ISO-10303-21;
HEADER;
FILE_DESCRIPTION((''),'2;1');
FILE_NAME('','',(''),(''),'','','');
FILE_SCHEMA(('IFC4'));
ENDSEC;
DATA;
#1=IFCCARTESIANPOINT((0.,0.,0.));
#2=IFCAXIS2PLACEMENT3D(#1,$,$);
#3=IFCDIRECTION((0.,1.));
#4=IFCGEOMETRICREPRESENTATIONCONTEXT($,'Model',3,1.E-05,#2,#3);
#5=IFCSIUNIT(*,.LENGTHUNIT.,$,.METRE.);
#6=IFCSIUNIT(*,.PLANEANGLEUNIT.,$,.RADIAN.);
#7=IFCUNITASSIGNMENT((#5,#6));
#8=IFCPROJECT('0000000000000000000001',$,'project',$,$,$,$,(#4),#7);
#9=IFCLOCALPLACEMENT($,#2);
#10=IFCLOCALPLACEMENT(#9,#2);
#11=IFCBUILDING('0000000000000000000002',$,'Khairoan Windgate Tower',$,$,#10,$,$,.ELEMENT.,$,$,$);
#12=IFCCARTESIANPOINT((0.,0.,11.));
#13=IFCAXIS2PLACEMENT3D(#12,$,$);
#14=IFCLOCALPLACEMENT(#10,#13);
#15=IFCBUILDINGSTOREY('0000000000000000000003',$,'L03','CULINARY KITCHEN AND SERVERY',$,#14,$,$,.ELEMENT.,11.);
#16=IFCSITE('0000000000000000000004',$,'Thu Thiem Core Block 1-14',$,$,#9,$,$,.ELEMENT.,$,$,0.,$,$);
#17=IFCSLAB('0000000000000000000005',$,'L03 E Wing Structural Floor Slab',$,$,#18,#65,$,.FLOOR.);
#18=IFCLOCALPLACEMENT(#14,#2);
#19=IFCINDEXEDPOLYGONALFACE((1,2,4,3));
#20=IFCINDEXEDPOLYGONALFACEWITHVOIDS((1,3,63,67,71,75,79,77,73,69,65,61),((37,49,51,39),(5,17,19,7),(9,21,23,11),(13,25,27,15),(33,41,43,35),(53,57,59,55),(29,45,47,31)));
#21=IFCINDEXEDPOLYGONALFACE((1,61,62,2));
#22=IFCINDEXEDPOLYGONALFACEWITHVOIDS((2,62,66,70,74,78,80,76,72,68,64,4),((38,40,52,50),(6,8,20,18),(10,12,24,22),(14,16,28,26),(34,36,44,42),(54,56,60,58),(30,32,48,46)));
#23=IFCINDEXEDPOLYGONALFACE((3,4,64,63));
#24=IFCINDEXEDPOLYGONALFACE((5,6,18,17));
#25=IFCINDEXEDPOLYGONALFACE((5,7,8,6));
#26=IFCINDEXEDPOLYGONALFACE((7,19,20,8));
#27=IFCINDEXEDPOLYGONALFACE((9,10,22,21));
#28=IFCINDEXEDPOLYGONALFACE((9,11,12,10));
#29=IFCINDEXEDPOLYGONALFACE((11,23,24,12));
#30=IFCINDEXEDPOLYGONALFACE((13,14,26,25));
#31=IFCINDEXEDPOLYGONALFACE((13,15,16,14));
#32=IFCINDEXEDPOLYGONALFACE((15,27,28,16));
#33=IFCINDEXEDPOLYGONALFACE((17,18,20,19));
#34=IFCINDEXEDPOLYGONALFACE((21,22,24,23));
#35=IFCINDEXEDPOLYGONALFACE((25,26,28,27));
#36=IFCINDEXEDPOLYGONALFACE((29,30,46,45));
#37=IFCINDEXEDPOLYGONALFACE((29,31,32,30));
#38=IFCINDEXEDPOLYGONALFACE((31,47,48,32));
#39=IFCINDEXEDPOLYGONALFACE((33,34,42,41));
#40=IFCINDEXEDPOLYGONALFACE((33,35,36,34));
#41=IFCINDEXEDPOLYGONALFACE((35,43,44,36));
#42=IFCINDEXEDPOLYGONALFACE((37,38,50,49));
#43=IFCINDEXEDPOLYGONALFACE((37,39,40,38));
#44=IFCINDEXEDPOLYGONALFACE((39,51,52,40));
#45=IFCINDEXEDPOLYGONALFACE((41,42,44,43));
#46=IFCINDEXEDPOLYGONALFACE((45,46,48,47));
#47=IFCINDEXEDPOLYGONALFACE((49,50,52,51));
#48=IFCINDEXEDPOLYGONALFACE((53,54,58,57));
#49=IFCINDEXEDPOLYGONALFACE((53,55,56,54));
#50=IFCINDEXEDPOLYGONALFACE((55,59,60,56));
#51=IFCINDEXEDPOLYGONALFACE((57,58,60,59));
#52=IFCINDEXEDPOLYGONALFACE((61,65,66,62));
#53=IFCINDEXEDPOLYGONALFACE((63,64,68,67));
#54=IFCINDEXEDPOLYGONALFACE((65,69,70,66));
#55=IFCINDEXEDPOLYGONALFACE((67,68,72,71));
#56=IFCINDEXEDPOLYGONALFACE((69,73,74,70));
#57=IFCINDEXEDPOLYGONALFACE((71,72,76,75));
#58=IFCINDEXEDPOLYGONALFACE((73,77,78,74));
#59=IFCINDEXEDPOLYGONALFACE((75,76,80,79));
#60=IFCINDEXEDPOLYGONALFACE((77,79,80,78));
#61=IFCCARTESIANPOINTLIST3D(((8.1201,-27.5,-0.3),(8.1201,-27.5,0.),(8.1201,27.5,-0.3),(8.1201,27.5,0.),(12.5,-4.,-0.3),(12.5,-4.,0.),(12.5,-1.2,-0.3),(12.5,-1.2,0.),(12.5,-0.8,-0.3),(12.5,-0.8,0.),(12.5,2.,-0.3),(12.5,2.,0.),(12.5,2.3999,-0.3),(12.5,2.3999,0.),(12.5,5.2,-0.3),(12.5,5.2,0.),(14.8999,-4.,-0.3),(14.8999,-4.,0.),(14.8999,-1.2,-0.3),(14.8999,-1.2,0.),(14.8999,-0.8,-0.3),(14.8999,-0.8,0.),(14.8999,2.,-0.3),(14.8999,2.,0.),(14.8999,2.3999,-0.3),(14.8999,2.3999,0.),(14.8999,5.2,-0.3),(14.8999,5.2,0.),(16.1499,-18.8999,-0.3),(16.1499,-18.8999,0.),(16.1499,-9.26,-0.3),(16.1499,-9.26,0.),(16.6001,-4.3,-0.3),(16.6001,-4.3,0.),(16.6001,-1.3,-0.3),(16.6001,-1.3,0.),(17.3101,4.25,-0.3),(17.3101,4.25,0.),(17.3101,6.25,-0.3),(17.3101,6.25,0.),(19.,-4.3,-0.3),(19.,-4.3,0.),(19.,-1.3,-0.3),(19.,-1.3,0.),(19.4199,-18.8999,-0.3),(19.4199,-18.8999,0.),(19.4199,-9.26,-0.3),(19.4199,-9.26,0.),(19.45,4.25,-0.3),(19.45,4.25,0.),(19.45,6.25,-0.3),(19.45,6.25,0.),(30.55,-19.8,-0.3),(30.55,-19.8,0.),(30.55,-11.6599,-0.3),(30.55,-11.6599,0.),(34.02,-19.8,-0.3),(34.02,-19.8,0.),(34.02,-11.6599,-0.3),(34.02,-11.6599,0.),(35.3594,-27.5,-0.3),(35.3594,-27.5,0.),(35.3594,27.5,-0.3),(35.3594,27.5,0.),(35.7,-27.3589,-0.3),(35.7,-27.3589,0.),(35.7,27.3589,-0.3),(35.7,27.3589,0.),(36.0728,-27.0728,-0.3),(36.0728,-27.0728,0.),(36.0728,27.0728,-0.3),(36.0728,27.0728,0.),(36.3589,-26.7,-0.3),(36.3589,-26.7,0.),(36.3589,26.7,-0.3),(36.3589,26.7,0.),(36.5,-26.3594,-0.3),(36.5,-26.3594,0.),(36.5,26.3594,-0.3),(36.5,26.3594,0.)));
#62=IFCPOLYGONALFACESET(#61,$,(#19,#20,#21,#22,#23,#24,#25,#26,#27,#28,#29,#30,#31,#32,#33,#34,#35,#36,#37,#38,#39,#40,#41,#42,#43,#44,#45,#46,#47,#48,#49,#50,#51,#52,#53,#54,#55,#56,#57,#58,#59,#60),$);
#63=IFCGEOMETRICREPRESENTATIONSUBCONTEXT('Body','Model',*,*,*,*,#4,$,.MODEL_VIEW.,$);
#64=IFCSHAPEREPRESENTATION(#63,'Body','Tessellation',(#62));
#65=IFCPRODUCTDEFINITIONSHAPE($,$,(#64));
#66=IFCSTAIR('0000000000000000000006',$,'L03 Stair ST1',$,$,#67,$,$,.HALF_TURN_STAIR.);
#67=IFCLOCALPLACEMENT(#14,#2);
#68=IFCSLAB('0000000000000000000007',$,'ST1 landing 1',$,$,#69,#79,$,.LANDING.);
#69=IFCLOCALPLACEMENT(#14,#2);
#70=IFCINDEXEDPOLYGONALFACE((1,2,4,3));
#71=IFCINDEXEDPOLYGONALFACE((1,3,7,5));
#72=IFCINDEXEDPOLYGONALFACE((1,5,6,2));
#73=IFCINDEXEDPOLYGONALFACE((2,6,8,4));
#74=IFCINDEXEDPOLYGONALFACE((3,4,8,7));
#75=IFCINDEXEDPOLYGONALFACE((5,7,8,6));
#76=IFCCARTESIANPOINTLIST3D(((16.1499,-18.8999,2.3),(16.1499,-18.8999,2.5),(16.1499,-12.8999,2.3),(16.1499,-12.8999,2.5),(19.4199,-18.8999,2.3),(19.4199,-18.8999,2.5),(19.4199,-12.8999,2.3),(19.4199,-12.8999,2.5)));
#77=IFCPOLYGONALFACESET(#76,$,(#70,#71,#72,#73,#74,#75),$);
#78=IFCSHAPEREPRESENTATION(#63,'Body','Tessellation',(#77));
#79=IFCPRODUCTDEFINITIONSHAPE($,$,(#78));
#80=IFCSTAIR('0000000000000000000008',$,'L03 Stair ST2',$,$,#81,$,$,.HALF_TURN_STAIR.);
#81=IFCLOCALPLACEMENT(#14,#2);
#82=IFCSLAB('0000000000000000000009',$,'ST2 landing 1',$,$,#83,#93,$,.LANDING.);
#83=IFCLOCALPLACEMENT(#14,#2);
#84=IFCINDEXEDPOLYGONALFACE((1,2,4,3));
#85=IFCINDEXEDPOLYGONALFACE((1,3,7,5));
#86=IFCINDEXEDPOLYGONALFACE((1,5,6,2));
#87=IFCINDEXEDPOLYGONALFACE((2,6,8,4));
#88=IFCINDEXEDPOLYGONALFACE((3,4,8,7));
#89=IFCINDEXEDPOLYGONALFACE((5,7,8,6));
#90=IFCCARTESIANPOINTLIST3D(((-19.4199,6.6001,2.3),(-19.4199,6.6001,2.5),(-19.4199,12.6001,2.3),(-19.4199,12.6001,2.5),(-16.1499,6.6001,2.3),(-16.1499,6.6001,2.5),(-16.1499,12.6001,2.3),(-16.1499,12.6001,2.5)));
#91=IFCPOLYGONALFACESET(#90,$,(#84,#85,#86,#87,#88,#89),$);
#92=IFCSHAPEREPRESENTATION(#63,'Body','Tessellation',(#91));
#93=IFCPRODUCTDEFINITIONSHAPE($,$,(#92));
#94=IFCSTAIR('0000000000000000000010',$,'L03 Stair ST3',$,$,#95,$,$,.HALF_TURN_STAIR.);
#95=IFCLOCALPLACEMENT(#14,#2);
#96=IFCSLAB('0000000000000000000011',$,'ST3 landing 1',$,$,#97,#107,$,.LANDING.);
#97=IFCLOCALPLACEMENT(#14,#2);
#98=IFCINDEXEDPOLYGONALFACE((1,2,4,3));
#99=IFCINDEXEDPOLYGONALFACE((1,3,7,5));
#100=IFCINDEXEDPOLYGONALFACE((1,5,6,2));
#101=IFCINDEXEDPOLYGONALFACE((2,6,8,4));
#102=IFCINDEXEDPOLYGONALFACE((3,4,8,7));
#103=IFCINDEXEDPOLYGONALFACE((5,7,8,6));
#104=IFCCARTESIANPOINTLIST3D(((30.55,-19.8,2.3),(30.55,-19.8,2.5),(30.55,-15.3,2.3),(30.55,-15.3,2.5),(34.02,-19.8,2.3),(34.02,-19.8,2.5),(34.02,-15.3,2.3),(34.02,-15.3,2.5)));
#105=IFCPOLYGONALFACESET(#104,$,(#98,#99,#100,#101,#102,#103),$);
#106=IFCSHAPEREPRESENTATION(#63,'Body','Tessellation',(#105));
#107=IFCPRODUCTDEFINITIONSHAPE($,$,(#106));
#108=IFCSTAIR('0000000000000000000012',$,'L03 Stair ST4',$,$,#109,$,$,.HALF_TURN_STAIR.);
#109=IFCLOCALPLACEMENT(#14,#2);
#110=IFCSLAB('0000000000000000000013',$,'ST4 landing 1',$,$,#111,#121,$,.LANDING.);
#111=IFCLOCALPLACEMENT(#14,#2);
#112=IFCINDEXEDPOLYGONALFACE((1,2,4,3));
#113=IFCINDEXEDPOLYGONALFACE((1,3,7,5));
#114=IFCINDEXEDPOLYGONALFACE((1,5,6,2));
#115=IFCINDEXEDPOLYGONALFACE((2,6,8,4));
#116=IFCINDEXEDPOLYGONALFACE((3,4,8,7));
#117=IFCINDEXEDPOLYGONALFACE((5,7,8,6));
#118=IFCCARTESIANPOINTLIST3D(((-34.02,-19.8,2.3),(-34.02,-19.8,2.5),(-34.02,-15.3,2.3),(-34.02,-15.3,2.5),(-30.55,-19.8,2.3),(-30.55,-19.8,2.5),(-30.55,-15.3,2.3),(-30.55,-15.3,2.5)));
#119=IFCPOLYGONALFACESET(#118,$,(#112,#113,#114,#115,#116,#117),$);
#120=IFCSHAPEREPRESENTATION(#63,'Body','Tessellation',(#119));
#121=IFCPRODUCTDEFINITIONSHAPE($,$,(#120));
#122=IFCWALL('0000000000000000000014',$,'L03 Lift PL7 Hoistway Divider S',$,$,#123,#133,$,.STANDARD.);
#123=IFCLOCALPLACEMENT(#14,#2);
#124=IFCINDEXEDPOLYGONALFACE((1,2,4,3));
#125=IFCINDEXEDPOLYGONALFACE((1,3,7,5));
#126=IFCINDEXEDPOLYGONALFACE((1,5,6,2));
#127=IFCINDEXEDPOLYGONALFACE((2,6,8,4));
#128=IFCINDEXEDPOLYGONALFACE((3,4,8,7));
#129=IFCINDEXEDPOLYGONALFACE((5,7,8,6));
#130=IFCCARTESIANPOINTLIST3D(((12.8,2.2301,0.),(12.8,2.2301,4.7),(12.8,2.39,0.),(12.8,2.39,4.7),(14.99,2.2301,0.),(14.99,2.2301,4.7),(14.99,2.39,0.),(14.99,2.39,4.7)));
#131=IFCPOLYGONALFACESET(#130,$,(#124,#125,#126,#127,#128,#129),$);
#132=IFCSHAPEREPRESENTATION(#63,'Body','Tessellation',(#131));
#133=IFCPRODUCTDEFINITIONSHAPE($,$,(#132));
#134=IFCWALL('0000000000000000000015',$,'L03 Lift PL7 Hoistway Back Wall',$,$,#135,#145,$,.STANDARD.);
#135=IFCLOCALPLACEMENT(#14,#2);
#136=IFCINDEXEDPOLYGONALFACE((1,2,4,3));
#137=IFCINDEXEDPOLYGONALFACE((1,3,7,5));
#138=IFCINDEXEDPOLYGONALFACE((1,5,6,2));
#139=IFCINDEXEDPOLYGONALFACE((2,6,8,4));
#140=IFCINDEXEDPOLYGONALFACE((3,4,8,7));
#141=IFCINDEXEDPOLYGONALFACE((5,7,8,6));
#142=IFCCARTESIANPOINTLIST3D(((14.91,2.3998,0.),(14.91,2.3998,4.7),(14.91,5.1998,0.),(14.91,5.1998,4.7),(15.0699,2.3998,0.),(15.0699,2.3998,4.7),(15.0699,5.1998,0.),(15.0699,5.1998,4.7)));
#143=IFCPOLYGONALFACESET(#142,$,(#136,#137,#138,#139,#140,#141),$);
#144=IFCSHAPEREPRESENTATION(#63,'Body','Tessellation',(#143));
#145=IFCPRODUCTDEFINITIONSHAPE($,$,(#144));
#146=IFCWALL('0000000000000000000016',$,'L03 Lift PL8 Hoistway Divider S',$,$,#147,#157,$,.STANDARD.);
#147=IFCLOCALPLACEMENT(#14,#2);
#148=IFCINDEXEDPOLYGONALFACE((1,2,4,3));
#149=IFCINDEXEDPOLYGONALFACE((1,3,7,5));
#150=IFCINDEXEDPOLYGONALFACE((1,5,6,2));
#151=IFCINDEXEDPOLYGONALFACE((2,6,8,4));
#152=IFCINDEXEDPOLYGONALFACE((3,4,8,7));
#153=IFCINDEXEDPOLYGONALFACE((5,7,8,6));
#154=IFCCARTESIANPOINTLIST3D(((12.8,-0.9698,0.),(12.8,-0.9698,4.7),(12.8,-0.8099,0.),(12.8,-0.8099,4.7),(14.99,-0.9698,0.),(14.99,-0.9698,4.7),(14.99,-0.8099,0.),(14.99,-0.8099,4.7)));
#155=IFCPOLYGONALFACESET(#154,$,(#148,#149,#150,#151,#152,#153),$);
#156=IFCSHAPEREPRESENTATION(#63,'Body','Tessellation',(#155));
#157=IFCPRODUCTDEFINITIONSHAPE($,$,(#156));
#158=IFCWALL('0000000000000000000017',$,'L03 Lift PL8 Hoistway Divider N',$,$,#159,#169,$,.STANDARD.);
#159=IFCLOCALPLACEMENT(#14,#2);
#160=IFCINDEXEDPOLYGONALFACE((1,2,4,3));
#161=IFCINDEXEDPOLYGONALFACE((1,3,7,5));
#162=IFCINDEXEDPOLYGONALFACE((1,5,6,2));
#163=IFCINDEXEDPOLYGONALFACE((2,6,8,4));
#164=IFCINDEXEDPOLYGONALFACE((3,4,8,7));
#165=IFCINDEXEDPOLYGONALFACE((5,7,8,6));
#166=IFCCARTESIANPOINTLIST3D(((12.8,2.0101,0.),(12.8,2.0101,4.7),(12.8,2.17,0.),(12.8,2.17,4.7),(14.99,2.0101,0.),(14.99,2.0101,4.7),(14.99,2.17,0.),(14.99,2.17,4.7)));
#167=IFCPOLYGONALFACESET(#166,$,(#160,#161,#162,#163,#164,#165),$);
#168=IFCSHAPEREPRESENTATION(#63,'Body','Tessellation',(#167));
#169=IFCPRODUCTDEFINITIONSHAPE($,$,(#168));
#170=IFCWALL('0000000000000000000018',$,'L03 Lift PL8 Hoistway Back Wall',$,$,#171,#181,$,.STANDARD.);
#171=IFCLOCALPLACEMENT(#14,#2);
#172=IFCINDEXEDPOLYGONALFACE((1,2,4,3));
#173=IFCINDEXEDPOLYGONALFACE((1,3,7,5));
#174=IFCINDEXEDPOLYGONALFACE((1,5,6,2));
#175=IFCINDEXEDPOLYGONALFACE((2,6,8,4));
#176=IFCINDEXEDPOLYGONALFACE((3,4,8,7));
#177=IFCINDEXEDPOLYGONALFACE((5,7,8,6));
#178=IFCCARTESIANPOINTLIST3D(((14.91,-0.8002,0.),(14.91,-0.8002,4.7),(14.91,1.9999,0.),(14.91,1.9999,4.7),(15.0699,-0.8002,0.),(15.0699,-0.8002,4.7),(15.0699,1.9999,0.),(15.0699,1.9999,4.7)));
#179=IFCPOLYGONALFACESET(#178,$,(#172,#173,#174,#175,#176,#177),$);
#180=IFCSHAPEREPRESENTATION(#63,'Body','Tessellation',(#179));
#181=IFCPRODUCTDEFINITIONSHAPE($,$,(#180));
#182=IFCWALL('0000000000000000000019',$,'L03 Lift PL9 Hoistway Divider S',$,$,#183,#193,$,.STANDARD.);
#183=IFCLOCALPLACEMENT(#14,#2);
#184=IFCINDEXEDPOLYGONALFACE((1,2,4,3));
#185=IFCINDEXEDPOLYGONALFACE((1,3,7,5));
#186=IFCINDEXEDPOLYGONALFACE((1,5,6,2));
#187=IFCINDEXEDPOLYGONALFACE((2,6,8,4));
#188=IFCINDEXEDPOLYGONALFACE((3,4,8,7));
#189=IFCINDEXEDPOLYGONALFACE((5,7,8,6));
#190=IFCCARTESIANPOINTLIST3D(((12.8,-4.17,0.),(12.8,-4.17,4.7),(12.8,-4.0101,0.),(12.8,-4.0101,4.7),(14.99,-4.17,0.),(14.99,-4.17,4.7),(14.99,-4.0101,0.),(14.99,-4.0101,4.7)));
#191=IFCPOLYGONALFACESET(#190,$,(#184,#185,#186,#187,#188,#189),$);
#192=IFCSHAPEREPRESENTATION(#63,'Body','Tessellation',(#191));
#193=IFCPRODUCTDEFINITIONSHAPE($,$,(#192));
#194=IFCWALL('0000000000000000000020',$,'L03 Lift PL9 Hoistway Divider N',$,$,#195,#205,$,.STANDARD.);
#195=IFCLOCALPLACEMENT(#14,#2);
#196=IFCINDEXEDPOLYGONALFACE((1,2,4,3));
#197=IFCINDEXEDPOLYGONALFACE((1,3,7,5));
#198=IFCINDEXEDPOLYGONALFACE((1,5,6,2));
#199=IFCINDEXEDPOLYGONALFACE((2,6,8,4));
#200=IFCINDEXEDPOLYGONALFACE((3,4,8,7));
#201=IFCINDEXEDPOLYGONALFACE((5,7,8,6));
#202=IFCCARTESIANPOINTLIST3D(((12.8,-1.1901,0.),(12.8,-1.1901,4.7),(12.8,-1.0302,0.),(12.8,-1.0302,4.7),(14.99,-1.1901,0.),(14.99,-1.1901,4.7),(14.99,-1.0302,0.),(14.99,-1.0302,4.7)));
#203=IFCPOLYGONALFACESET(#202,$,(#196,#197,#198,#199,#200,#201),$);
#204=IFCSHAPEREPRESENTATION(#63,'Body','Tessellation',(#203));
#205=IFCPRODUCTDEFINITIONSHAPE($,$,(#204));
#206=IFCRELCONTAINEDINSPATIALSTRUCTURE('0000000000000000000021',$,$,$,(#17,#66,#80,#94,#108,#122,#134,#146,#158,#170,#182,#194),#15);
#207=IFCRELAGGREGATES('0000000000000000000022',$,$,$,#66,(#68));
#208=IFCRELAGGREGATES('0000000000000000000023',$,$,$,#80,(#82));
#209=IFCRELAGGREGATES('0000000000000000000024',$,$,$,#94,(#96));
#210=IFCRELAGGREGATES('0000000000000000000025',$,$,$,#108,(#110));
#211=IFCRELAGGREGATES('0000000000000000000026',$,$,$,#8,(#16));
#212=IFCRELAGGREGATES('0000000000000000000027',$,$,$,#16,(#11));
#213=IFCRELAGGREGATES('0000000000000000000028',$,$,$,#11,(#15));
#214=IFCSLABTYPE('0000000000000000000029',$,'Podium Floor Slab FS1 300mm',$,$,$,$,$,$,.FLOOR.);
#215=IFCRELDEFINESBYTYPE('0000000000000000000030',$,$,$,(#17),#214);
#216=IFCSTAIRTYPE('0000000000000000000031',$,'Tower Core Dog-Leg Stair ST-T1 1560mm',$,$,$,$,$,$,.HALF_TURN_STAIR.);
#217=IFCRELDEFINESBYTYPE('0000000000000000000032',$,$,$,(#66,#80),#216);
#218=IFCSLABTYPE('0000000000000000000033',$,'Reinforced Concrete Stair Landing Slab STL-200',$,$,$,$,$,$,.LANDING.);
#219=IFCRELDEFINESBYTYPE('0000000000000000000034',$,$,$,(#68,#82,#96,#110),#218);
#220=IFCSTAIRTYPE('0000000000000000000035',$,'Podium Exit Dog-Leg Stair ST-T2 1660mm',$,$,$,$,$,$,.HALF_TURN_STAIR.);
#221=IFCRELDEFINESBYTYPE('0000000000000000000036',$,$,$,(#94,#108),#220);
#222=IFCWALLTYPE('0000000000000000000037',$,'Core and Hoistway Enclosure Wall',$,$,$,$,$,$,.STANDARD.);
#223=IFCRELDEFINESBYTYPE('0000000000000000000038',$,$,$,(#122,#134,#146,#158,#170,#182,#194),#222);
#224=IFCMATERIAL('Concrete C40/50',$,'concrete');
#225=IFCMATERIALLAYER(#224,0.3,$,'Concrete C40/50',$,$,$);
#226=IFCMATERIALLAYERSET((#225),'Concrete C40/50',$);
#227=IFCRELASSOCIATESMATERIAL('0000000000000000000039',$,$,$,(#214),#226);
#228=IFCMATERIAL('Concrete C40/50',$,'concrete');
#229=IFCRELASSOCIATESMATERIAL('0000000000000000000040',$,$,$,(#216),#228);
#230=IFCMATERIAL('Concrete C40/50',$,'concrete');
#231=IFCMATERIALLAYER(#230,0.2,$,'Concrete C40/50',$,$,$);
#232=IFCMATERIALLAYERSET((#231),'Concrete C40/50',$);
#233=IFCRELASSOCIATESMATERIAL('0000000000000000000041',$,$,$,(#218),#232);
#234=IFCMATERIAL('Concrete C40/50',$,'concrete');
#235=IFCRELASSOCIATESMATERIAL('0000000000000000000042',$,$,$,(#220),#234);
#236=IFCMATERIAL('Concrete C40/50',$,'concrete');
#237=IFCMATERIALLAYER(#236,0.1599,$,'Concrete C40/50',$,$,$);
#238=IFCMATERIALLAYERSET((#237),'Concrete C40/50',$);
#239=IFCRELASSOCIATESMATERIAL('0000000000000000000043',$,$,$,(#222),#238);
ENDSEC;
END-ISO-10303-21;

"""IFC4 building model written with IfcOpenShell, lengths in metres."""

from ifc_helpers import new_model, si_unit, direction, frame, frame_2d, origin, place, context, subcontext, project, spatial, polyline, rectangle, outline, extrude, material, layer, layer_set, type_object, element, aggregate, save


model = new_model("IFC4")

# Units and contexts
model_context = context("Model", 3, precision=1e-05, world=origin(), true_north=direction((0.0, 1.0)))
body_context = subcontext(model_context, "Body", "Model", "MODEL_VIEW")
ifc_project = project(units=[si_unit("LENGTHUNIT", "METRE"), si_unit("PLANEANGLEUNIT", "RADIAN")], contexts=[model_context])

# Site, building, storey
site_placement = place(None, origin())
site = spatial("IfcSite", under=ifc_project, at=site_placement, Name="Thu Thiem Core Block 1-14", CompositionType="ELEMENT", RefElevation=0.0)
building_placement = place(site_placement, origin())
building = spatial("IfcBuilding", under=site, at=building_placement, Name="Khairoan Windgate Tower", CompositionType="ELEMENT")
storey_placement = place(building_placement, frame((0.0, 0.0, 11.0)))
storey = spatial("IfcBuildingStorey", under=building, at=storey_placement, Name="L03", Description="CULINARY KITCHEN AND SERVERY", CompositionType="ELEMENT", Elevation=11.0)

# Slab
ifc_material_1 = material(Name="Concrete C40/50", Category="concrete")
ifc_layer_1 = layer(ifc_material_1, 0.3, Name="Concrete C40/50")
ifc_layer_set_1 = layer_set([ifc_layer_1], Name="Concrete C40/50")
slab_type_1 = type_object("IfcSlabType", Name="Podium Floor Slab FS1 300mm", PredefinedType="FLOOR", material=ifc_layer_set_1)
slab_1_placement = place(storey_placement, frame((0.0, 0.0, -0.3)))
element("IfcSlab", 1, at=slab_1_placement, inside=storey, type_object=slab_type_1, Name="L03 E Wing Structural Floor Slab", PredefinedType="FLOOR", context=body_context, shape_type="SweptSolid", body=[
    extrude(outline(polyline([(36.3589, -26.7), (36.0728, -27.0728), (35.7, -27.3589), (35.3594, -27.5), (8.1201, -27.5), (8.1201, 27.5), (35.3594, 27.5), (35.7, 27.3589), (36.0728, 27.0728), (36.3589, 26.7), (36.5, 26.3594), (36.5, -26.3594), (36.3589, -26.7)]), holes=[polyline([(16.1499, -9.26), (16.1499, -18.8999), (19.4199, -18.8999), (19.4199, -9.26), (16.1499, -9.26)]), polyline([(30.55, -11.6599), (30.55, -19.8), (34.02, -19.8), (34.02, -11.6599), (30.55, -11.6599)]), polyline([(12.5, 2.3999), (14.8999, 2.3999), (14.8999, 5.2), (12.5, 5.2), (12.5, 2.3999)]), polyline([(12.5, -0.8), (14.8999, -0.8), (14.8999, 2.0), (12.5, 2.0), (12.5, -0.8)]), polyline([(12.5, -4.0), (14.8999, -4.0), (14.8999, -1.2), (12.5, -1.2), (12.5, -4.0)]), polyline([(16.6001, -4.3), (19.0, -4.3), (19.0, -1.3), (16.6001, -1.3), (16.6001, -4.3)]), polyline([(17.3101, 4.25), (19.45, 4.25), (19.45, 6.25), (17.3101, 6.25), (17.3101, 4.25)])]), origin(), (0.0, 0.0, 1.0), 0.3),
])

# Stairs, slabs
ifc_material_2 = material(Name="Concrete C40/50", Category="concrete")
stair_type_1 = type_object("IfcStairType", Name="Tower Core Dog-Leg Stair ST-T1 1560mm", PredefinedType="HALF_TURN_STAIR", material=ifc_material_2)
stair_1_placement = place(storey_placement, origin())
stair_1 = element("IfcStair", 2, at=stair_1_placement, inside=storey, type_object=stair_type_1, Name="L03 Stair ST1", PredefinedType="HALF_TURN_STAIR")
ifc_material_3 = material(Name="Concrete C40/50", Category="concrete")
ifc_layer_2 = layer(ifc_material_3, 0.2, Name="Concrete C40/50")
ifc_layer_set_2 = layer_set([ifc_layer_2], Name="Concrete C40/50")
slab_type_2 = type_object("IfcSlabType", Name="Reinforced Concrete Stair Landing Slab STL-200", PredefinedType="LANDING", material=ifc_layer_set_2)
slab_2_placement = place(storey_placement, frame((0.0, 0.0, 2.3)))
slab_2 = element("IfcSlab", 3, at=slab_2_placement, type_object=slab_type_2, Name="ST1 landing 1", PredefinedType="LANDING", context=body_context, shape_type="SweptSolid", body=[
    extrude(outline(polyline([(16.1499, -12.8999), (16.1499, -18.8999), (19.4199, -18.8999), (19.4199, -12.8999), (16.1499, -12.8999)])), origin(), (0.0, 0.0, 1.0), 0.2),
])
aggregate(stair_1, [slab_2])
stair_2_placement = place(storey_placement, origin())
stair_2 = element("IfcStair", 4, at=stair_2_placement, inside=storey, type_object=stair_type_1, Name="L03 Stair ST2", PredefinedType="HALF_TURN_STAIR")
slab_3_placement = place(storey_placement, frame((0.0, 0.0, 2.3)))
slab_3 = element("IfcSlab", 5, at=slab_3_placement, type_object=slab_type_2, Name="ST2 landing 1", PredefinedType="LANDING", context=body_context, shape_type="SweptSolid", body=[
    extrude(outline(polyline([(-16.1499, 6.6001), (-16.1499, 12.6001), (-19.4199, 12.6001), (-19.4199, 6.6001), (-16.1499, 6.6001)])), origin(), (0.0, 0.0, 1.0), 0.2),
])
aggregate(stair_2, [slab_3])
ifc_material_4 = material(Name="Concrete C40/50", Category="concrete")
stair_type_2 = type_object("IfcStairType", Name="Podium Exit Dog-Leg Stair ST-T2 1660mm", PredefinedType="HALF_TURN_STAIR", material=ifc_material_4)
stair_3_placement = place(storey_placement, origin())
stair_3 = element("IfcStair", 6, at=stair_3_placement, inside=storey, type_object=stair_type_2, Name="L03 Stair ST3", PredefinedType="HALF_TURN_STAIR")
slab_4_placement = place(storey_placement, frame((0.0, 0.0, 2.3)))
slab_4 = element("IfcSlab", 7, at=slab_4_placement, type_object=slab_type_2, Name="ST3 landing 1", PredefinedType="LANDING", context=body_context, shape_type="SweptSolid", body=[
    extrude(outline(polyline([(30.55, -15.3), (30.55, -19.8), (34.02, -19.8), (34.02, -15.3), (30.55, -15.3)])), origin(), (0.0, 0.0, 1.0), 0.2),
])
aggregate(stair_3, [slab_4])
stair_4_placement = place(storey_placement, origin())
stair_4 = element("IfcStair", 8, at=stair_4_placement, inside=storey, type_object=stair_type_2, Name="L03 Stair ST4", PredefinedType="HALF_TURN_STAIR")
slab_5_placement = place(storey_placement, frame((0.0, 0.0, 2.3)))
slab_5 = element("IfcSlab", 9, at=slab_5_placement, type_object=slab_type_2, Name="ST4 landing 1", PredefinedType="LANDING", context=body_context, shape_type="SweptSolid", body=[
    extrude(outline(polyline([(-34.02, -15.3), (-34.02, -19.8), (-30.55, -19.8), (-30.55, -15.3), (-34.02, -15.3)])), origin(), (0.0, 0.0, 1.0), 0.2),
])
aggregate(stair_4, [slab_5])

# Walls
ifc_material_5 = material(Name="Concrete C40/50", Category="concrete")
ifc_layer_3 = layer(ifc_material_5, 0.1599, Name="Concrete C40/50")
ifc_layer_set_3 = layer_set([ifc_layer_3], Name="Concrete C40/50")
wall_type_1 = type_object("IfcWallType", Name="Core and Hoistway Enclosure Wall", PredefinedType="STANDARD", material=ifc_layer_set_3)
wall_1_placement = place(storey_placement, frame((12.8, 2.3101, 0.0), z_axis=(0.0, 0.0, 1.0), x_axis=(1.0, 0.0, 0.0)))
element("IfcWall", 10, at=wall_1_placement, inside=storey, type_object=wall_type_1, Name="L03 Lift PL7 Hoistway Divider S", PredefinedType="STANDARD", context=body_context, shape_type="SweptSolid", body=[
    extrude(rectangle(XDim=2.1899, YDim=0.1599, at=frame_2d((1.095, 0.0))), origin(), (0.0, 0.0, 1.0), 4.7),
])
wall_2_placement = place(storey_placement, frame((14.99, 2.3999, 0.0), z_axis=(0.0, 0.0, 1.0), x_axis=(0.0, 1.0, 0.0)))
element("IfcWall", 11, at=wall_2_placement, inside=storey, type_object=wall_type_1, Name="L03 Lift PL7 Hoistway Back Wall", PredefinedType="STANDARD", context=body_context, shape_type="SweptSolid", body=[
    extrude(rectangle(XDim=2.8, YDim=0.1599, at=frame_2d((1.3999, 0.0))), origin(), (0.0, 0.0, 1.0), 4.7),
])
for number, where, z_axis, x_axis, name in (
    (12, (12.8, -0.8899, 0.0), (0.0, 0.0, 1.0), (1.0, 0.0, 0.0), "L03 Lift PL8 Hoistway Divider S"),
    (13, (12.8, 2.0901, 0.0), (0.0, 0.0, 1.0), (1.0, 0.0, 0.0), "L03 Lift PL8 Hoistway Divider N"),
):
    element("IfcWall", number, at=place(storey_placement, frame(where, z_axis=z_axis, x_axis=x_axis)), inside=storey, type_object=wall_type_1, Name=name, PredefinedType="STANDARD", context=body_context, shape_type="SweptSolid", body=[
        extrude(rectangle(XDim=2.1899, YDim=0.1599, at=frame_2d((1.095, 0.0))), origin(), (0.0, 0.0, 1.0), 4.7),
    ])
wall_3_placement = place(storey_placement, frame((14.99, -0.8, 0.0), z_axis=(0.0, 0.0, 1.0), x_axis=(0.0, 1.0, 0.0)))
element("IfcWall", 14, at=wall_3_placement, inside=storey, type_object=wall_type_1, Name="L03 Lift PL8 Hoistway Back Wall", PredefinedType="STANDARD", context=body_context, shape_type="SweptSolid", body=[
    extrude(rectangle(XDim=2.8, YDim=0.1599, at=frame_2d((1.3999, 0.0))), origin(), (0.0, 0.0, 1.0), 4.7),
])
for number, where, z_axis, x_axis, name in (
    (15, (12.8, -4.0901, 0.0), (0.0, 0.0, 1.0), (1.0, 0.0, 0.0), "L03 Lift PL9 Hoistway Divider S"),
    (16, (12.8, -1.1101, 0.0), (0.0, 0.0, 1.0), (1.0, 0.0, 0.0), "L03 Lift PL9 Hoistway Divider N"),
):
    element("IfcWall", number, at=place(storey_placement, frame(where, z_axis=z_axis, x_axis=x_axis)), inside=storey, type_object=wall_type_1, Name=name, PredefinedType="STANDARD", context=body_context, shape_type="SweptSolid", body=[
        extrude(rectangle(XDim=2.1899, YDim=0.1599, at=frame_2d((1.095, 0.0))), origin(), (0.0, 0.0, 1.0), 4.7),
    ])

save(model, "model.ifc")
